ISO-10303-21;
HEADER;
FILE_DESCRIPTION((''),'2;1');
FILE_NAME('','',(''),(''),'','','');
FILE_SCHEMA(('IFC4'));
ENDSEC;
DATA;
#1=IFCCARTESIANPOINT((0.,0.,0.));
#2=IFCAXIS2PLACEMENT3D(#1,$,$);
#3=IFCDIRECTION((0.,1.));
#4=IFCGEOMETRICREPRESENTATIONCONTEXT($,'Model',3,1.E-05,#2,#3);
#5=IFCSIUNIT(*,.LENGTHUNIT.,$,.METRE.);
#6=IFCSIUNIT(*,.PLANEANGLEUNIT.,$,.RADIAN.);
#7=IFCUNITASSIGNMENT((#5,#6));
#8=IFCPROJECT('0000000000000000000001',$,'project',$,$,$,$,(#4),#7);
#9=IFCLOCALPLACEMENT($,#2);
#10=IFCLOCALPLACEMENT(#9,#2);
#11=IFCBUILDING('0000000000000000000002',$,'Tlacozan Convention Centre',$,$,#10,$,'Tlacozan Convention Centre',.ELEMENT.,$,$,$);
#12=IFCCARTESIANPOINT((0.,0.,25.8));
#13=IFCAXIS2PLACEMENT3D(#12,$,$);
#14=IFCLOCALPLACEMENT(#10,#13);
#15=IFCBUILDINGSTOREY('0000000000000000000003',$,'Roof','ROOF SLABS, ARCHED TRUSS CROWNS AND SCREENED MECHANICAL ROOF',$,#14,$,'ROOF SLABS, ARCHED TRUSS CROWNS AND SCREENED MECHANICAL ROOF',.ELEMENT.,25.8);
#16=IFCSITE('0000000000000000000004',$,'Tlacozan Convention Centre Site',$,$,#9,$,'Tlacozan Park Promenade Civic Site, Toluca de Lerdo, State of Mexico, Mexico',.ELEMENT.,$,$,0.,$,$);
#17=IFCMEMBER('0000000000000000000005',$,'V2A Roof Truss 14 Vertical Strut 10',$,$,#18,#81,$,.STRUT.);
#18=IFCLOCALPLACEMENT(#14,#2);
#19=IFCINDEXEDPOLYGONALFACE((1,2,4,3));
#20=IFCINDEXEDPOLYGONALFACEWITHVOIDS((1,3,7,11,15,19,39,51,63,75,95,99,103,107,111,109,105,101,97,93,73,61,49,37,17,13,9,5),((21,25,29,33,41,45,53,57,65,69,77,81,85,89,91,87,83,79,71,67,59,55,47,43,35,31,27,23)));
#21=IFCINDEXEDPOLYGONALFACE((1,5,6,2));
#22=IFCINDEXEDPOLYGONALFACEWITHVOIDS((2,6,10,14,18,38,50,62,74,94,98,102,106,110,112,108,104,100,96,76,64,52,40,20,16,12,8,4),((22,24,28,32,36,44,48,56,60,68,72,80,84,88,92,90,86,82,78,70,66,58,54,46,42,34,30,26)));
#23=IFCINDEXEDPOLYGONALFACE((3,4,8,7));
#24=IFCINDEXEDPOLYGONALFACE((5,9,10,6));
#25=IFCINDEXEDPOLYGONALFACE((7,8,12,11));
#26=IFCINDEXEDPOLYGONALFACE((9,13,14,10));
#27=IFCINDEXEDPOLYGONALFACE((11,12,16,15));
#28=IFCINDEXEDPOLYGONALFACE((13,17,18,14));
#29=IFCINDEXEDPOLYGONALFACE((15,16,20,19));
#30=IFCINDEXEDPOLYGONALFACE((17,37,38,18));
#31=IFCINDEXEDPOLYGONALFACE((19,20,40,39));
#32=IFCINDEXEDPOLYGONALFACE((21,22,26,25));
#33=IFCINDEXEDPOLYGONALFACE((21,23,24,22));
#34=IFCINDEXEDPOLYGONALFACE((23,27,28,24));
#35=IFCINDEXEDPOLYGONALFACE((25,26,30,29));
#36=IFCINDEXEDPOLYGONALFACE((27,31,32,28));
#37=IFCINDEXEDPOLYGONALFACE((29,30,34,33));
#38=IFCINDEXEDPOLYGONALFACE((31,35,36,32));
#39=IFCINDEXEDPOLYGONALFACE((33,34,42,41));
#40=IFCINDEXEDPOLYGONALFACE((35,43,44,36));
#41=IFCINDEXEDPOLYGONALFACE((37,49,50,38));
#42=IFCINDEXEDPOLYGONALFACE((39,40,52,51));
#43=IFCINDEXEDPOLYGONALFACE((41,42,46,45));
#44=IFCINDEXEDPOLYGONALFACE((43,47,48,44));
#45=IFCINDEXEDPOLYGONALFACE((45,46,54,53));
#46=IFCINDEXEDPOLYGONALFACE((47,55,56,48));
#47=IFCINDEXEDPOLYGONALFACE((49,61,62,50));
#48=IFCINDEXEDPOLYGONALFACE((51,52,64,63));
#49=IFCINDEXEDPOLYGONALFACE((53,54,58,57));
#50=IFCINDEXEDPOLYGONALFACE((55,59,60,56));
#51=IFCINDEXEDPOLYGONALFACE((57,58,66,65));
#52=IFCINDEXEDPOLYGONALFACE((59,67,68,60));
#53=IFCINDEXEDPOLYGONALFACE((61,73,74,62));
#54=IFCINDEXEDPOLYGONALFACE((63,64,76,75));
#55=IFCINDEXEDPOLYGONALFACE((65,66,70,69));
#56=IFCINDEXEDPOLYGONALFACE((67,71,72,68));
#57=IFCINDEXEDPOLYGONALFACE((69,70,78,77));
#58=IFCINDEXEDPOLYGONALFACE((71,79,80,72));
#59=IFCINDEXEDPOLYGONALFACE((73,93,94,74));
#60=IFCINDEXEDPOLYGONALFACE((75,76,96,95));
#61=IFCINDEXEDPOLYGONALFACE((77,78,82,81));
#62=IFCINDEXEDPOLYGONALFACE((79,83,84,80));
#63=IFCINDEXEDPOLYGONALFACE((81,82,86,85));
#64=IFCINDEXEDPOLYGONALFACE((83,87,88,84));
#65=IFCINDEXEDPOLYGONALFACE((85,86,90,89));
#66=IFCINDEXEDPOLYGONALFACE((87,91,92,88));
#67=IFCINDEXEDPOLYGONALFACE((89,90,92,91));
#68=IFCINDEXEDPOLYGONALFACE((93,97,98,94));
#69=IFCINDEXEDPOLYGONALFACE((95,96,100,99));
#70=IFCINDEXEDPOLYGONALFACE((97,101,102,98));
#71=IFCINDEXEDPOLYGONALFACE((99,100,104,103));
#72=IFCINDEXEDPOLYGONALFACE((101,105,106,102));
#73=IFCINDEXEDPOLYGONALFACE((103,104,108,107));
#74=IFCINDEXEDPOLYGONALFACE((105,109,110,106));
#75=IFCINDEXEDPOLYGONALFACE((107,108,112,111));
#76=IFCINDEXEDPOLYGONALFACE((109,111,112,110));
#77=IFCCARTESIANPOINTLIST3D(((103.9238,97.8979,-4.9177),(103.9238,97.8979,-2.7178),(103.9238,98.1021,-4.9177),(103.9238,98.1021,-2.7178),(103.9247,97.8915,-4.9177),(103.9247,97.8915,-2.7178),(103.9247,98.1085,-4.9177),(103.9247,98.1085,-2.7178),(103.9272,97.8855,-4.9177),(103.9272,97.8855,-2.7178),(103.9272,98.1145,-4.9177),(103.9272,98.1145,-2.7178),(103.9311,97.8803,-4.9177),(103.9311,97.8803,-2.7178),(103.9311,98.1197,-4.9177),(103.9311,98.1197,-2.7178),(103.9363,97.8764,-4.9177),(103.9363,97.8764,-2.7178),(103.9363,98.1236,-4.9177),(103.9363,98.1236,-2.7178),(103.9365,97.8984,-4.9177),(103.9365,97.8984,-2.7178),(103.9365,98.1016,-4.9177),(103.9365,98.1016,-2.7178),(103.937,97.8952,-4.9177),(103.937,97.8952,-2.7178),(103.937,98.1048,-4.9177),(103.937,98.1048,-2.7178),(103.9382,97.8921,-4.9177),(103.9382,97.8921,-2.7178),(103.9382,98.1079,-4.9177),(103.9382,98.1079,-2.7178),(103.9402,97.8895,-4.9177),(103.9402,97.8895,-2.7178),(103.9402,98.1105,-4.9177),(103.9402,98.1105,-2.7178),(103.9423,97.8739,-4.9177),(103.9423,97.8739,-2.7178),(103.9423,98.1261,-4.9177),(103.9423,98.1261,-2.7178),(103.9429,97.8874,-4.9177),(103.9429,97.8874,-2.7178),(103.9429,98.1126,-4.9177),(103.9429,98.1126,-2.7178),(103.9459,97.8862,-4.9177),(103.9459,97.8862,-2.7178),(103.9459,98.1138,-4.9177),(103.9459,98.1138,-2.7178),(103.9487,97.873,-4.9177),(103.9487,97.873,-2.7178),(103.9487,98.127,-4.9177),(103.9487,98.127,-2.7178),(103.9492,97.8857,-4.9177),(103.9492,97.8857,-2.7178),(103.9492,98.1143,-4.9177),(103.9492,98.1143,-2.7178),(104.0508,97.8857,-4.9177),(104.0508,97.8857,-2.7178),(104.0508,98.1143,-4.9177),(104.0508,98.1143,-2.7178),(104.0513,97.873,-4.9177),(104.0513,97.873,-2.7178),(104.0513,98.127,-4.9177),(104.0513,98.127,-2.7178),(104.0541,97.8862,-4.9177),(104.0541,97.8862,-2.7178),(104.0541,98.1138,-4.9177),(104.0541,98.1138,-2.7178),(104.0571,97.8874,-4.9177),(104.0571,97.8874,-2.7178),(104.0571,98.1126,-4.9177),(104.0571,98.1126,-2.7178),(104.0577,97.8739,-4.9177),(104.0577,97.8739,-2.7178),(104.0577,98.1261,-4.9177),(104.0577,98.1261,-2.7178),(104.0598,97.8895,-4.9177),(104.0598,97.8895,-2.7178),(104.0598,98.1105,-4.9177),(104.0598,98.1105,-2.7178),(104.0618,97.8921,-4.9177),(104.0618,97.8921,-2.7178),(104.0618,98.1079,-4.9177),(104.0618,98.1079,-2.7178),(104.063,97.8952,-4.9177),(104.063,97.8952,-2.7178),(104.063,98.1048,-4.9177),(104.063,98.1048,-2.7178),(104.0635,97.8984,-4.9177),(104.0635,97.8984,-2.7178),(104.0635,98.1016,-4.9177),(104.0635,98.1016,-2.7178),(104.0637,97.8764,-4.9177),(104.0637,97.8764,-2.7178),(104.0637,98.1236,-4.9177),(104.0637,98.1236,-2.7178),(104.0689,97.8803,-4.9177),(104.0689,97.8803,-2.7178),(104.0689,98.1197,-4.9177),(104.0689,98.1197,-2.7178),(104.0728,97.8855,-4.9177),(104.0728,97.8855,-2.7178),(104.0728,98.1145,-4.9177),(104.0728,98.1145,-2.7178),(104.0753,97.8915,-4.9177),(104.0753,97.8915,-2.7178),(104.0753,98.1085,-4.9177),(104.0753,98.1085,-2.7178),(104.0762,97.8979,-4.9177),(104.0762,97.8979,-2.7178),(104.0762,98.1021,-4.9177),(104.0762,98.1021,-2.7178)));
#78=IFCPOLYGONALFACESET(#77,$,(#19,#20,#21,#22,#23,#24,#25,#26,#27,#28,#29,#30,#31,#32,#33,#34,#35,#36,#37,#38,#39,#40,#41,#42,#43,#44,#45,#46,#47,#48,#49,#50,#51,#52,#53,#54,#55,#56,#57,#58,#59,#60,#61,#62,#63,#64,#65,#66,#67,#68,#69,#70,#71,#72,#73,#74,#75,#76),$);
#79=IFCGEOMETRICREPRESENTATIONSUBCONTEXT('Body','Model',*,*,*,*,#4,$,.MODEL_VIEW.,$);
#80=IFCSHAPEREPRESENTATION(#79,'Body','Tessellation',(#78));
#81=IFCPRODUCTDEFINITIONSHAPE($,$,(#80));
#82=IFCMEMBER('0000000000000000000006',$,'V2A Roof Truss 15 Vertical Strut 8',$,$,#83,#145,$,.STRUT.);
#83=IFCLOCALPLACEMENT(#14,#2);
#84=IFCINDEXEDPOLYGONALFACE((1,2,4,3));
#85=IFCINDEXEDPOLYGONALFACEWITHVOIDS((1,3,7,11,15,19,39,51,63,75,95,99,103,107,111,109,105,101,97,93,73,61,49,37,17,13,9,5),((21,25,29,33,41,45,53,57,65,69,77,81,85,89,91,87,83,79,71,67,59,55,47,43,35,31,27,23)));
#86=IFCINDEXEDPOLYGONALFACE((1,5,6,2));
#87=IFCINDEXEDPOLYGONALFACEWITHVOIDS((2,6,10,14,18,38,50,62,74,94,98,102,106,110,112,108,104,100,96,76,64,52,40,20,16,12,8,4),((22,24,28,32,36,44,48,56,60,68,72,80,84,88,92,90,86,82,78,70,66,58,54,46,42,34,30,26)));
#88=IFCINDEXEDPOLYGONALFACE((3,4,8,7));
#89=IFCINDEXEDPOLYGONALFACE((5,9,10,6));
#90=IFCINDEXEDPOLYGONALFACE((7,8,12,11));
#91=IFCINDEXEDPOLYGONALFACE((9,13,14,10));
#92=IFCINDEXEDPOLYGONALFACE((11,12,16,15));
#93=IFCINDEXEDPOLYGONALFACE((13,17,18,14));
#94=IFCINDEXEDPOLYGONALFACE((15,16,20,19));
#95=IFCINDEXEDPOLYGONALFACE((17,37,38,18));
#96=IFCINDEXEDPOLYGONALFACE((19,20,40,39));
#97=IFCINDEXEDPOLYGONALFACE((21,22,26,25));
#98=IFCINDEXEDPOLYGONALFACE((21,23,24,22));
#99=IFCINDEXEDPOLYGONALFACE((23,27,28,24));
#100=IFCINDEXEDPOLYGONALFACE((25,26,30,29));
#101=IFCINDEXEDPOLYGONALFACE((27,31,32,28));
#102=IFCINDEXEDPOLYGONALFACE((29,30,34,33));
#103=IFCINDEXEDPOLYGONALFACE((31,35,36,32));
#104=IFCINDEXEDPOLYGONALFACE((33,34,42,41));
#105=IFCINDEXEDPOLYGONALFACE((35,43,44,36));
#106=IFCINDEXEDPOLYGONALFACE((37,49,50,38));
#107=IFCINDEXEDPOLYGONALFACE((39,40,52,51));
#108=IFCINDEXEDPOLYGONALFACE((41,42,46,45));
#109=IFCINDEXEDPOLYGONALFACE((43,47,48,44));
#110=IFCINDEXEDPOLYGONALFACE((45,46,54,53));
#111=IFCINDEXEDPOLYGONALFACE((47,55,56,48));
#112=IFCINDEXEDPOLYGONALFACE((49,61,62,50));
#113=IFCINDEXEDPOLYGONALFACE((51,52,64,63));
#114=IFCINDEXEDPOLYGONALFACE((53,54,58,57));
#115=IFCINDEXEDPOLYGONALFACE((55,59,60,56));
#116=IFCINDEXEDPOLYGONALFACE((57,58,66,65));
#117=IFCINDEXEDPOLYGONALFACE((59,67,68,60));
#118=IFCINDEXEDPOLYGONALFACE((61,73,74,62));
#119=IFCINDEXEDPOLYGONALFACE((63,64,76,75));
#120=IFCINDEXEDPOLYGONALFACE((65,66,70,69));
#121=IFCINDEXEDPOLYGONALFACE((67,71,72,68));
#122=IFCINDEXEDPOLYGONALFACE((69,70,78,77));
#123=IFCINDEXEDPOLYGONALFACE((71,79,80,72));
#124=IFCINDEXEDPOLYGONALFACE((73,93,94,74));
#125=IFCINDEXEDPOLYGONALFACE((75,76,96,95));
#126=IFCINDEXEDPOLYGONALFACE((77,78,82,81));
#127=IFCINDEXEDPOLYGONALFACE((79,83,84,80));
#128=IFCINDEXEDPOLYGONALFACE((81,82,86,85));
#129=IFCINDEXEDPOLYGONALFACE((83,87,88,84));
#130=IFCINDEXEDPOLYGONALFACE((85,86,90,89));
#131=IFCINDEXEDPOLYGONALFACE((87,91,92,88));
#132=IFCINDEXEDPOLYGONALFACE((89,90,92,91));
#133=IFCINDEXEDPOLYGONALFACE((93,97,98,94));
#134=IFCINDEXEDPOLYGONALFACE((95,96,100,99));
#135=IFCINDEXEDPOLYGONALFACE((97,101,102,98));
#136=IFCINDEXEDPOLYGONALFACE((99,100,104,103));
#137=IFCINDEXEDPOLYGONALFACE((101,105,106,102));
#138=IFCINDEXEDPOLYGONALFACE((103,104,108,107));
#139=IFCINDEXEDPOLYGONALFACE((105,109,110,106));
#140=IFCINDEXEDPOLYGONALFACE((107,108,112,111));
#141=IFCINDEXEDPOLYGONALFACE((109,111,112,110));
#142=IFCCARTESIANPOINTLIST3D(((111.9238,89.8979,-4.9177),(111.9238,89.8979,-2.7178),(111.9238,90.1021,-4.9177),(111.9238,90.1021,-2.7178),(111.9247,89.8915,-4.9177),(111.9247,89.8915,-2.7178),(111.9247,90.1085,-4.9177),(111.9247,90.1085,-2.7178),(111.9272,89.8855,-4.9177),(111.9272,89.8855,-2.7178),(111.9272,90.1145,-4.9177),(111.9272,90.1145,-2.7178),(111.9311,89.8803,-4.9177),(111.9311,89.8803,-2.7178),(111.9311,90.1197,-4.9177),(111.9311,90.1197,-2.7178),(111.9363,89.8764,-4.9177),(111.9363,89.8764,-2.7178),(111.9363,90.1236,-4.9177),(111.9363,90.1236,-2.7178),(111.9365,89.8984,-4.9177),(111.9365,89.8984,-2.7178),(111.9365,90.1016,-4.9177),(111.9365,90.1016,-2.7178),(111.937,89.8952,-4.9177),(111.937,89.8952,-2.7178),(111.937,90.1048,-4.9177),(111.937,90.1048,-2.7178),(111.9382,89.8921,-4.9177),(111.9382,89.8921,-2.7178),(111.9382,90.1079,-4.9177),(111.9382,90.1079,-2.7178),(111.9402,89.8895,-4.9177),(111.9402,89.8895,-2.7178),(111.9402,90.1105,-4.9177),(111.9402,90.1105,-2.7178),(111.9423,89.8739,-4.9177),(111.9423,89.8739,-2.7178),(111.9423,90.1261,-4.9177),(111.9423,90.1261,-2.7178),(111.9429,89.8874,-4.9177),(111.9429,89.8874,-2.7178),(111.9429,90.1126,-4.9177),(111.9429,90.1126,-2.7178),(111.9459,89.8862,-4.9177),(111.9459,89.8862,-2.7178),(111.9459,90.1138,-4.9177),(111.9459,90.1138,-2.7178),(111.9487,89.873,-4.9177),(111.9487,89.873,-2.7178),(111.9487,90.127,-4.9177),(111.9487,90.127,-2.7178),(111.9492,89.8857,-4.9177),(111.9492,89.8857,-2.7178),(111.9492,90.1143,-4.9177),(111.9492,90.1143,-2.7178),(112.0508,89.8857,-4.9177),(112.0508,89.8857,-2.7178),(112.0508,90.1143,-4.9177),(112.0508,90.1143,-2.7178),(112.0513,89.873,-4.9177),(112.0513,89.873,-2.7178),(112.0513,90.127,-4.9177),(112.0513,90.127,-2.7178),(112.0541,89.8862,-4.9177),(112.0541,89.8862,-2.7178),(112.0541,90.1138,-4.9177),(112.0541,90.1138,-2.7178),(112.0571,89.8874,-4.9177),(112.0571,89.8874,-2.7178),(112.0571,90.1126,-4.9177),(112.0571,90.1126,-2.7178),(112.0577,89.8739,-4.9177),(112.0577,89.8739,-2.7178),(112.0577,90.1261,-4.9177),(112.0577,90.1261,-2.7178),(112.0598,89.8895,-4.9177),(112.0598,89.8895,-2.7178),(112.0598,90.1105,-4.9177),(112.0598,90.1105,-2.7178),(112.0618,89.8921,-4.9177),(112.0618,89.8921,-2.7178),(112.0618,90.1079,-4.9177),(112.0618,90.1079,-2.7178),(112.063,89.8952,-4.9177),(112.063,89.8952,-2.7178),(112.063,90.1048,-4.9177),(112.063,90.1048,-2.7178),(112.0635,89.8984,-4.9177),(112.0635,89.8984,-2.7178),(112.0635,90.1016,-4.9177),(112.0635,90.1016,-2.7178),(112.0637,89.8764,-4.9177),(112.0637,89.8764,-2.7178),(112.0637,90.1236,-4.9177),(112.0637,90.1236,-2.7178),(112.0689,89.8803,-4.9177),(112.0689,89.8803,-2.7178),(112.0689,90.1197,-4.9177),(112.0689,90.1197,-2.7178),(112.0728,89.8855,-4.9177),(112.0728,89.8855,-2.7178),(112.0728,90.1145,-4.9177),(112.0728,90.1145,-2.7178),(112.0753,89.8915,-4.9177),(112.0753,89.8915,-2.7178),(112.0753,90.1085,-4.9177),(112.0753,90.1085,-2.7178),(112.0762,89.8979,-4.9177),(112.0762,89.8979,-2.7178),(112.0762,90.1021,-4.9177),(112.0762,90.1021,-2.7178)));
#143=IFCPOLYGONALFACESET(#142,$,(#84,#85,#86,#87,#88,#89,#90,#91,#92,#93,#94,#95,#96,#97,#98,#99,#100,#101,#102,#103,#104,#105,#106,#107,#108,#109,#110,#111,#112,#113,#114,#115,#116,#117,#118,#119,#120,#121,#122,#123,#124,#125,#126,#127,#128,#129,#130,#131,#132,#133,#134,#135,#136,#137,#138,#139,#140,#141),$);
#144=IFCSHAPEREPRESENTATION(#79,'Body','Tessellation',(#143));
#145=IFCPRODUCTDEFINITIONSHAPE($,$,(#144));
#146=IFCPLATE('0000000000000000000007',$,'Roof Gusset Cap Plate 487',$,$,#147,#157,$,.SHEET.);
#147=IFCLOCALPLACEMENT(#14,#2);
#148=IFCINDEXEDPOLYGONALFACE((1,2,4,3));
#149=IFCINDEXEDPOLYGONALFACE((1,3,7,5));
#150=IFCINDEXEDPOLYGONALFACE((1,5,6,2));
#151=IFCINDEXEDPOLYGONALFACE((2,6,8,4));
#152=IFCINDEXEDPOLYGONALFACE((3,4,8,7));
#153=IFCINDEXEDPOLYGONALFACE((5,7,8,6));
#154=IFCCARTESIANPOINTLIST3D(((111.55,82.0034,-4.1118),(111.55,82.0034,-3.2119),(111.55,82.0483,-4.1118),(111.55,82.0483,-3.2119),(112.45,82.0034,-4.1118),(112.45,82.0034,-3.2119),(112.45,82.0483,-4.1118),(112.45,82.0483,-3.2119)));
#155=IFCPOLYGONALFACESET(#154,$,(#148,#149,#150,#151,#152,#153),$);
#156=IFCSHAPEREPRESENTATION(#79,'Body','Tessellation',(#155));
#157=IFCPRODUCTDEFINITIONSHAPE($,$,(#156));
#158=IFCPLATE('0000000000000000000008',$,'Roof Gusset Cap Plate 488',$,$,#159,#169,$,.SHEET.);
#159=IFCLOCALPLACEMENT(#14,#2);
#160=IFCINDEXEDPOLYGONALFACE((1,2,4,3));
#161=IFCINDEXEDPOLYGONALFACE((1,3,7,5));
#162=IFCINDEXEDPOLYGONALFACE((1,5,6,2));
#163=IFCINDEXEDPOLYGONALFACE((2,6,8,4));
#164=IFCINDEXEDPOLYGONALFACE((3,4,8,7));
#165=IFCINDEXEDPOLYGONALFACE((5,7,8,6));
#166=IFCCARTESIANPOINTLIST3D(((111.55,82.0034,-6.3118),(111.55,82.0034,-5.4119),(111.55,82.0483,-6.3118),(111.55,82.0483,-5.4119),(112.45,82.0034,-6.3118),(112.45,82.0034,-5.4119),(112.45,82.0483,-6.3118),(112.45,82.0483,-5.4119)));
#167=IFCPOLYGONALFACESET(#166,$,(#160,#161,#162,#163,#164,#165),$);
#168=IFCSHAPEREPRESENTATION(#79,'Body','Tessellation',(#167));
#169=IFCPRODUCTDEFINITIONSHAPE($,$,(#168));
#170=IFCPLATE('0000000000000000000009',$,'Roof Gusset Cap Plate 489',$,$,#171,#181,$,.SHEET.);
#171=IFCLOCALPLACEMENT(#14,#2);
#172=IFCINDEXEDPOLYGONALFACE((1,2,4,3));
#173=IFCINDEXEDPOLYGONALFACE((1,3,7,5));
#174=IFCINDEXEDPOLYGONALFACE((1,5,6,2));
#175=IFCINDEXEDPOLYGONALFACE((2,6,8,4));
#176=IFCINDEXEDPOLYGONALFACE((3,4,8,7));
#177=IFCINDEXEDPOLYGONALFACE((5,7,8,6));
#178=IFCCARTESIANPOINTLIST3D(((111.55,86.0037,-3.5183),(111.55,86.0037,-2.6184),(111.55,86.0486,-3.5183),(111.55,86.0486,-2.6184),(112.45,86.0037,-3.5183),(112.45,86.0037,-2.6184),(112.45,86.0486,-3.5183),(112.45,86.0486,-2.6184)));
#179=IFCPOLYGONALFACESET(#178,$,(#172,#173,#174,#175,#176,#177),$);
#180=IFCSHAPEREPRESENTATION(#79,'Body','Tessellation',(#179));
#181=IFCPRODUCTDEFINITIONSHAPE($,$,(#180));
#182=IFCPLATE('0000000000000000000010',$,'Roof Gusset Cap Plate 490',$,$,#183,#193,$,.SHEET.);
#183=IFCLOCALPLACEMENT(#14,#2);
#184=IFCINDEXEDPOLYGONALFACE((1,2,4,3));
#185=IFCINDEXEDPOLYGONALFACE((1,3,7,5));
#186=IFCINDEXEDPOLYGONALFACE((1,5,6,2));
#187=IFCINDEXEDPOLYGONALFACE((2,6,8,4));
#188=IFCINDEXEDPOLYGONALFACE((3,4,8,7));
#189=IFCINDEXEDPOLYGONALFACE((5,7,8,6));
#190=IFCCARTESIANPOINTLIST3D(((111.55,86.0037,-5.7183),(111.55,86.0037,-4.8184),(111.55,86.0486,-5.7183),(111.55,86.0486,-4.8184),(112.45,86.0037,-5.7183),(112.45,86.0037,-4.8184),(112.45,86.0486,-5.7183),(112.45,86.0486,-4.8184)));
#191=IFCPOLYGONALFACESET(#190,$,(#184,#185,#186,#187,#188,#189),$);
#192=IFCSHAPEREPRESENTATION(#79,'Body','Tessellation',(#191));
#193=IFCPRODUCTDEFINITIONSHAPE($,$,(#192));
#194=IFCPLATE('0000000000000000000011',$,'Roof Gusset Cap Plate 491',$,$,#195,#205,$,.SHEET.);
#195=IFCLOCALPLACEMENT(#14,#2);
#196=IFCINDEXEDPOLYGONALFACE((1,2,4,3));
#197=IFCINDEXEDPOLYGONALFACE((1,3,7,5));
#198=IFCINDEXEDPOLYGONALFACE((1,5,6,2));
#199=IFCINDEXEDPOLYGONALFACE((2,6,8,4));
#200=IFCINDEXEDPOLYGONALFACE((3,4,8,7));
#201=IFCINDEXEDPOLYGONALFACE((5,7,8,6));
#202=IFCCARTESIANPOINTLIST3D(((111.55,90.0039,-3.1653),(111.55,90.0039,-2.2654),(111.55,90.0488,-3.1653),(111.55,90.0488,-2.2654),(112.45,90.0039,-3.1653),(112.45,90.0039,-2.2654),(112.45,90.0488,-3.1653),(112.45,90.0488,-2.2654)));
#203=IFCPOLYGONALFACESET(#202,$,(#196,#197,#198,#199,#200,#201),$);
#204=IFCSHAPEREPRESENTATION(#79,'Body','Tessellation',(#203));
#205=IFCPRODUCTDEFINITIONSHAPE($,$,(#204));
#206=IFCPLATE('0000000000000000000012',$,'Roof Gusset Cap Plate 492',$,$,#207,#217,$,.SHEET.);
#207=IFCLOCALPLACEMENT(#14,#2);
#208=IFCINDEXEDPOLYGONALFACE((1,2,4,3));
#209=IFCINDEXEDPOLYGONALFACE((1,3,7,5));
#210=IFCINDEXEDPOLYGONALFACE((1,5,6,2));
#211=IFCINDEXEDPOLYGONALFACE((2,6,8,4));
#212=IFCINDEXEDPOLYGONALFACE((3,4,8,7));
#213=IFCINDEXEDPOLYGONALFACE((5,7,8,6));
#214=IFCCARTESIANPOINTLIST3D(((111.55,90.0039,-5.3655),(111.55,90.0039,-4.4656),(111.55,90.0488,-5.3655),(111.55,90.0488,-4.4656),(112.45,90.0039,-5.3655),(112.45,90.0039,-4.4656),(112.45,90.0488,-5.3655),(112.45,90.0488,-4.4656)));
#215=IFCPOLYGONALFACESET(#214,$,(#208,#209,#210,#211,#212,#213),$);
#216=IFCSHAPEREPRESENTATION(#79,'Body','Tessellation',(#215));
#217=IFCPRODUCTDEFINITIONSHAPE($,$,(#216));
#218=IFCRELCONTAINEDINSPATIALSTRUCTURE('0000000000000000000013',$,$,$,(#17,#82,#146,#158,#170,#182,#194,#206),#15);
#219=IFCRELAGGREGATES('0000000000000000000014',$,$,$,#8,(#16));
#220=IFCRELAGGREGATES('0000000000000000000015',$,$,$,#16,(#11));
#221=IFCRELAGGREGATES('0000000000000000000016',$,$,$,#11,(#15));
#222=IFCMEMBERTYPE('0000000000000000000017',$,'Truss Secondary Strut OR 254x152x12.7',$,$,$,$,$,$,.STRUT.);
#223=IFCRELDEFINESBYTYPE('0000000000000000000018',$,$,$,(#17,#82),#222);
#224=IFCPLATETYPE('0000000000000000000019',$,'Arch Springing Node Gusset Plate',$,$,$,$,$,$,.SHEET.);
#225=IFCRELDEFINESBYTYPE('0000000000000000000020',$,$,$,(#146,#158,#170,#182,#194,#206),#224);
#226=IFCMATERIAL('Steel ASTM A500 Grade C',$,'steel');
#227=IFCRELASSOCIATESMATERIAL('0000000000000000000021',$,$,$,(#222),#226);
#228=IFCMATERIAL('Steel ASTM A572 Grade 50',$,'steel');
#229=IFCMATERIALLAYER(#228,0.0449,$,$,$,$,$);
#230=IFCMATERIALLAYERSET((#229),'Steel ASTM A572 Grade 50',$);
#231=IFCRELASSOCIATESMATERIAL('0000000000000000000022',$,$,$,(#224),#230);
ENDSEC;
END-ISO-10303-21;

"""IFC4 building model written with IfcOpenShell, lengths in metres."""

from ifc_helpers import new_model, si_unit, direction, frame, origin, origin_2d, place, context, subcontext, project, spatial, rectangle, hollow_rectangle, extrude, material, layer, layer_set, material_profile, profile_set, type_object, element, save


model = new_model("IFC4")

# Units and contexts
model_context = context("Model", 3, precision=1e-05, world=origin(), true_north=direction((0.0, 1.0)))
body_context = subcontext(model_context, "Body", "Model", "MODEL_VIEW")
ifc_project = project(units=[si_unit("LENGTHUNIT", "METRE"), si_unit("PLANEANGLEUNIT", "RADIAN")], contexts=[model_context])

# Site, building, storey
site_placement = place(None, origin())
site = spatial("IfcSite", under=ifc_project, at=site_placement, Name="Tlacozan Convention Centre Site", LongName="Tlacozan Park Promenade Civic Site, Toluca de Lerdo, State of Mexico, Mexico", CompositionType="ELEMENT", RefElevation=0.0)
building_placement = place(site_placement, origin())
building = spatial("IfcBuilding", under=site, at=building_placement, Name="Tlacozan Convention Centre", LongName="Tlacozan Convention Centre", CompositionType="ELEMENT")
storey_placement = place(building_placement, frame((0.0, 0.0, 25.8)))
storey = spatial("IfcBuildingStorey", under=building, at=storey_placement, Name="Roof", Description="ROOF SLABS, ARCHED TRUSS CROWNS AND SCREENED MECHANICAL ROOF", LongName="ROOF SLABS, ARCHED TRUSS CROWNS AND SCREENED MECHANICAL ROOF", CompositionType="ELEMENT", Elevation=25.8)

# Members
ifc_material_1 = material(Name="Steel ASTM A500 Grade C", Category="steel")
ifc_material_profile_1 = material_profile(ifc_material_1, hollow_rectangle(XDim=0.1523, YDim=0.2539, WallThickness=0.0127, InnerFilletRadius=0.0127, OuterFilletRadius=0.0249, at=origin_2d()), Name="OR 254x152x12.7")
ifc_profile_set_1 = profile_set([ifc_material_profile_1], Name="Steel ASTM A500 Grade C")
member_type_1 = type_object("IfcMemberType", Name="Truss Secondary Strut OR 254x152x12.7", PredefinedType="STRUT", material=ifc_profile_set_1)
for number, where, z_axis, x_axis, name in (
    (1, (104.0, 98.0, -4.9177), (0.0, 0.0, 1.0), (1.0, 0.0, 0.0), "V2A Roof Truss 14 Vertical Strut 10"),
    (2, (112.0, 90.0, -4.9177), (0.0, 0.0, 1.0), (1.0, 0.0, 0.0), "V2A Roof Truss 15 Vertical Strut 8"),
):
    element("IfcMember", number, at=place(storey_placement, frame(where, z_axis=z_axis, x_axis=x_axis)), inside=storey, type_object=member_type_1, Name=name, PredefinedType="STRUT", context=body_context, shape_type="SweptSolid", body=[
        extrude(hollow_rectangle(XDim=0.1523, YDim=0.2539, WallThickness=0.0127, InnerFilletRadius=0.0127, OuterFilletRadius=0.0249, at=origin_2d()), origin(), (0.0, 0.0, 1.0), 2.2),
    ])

# Plates
ifc_material_2 = material(Name="Steel ASTM A572 Grade 50", Category="steel")
ifc_layer = layer(ifc_material_2, 0.0449)
ifc_layer_set = layer_set([ifc_layer], Name="Steel ASTM A572 Grade 50")
plate_type = type_object("IfcPlateType", Name="Arch Springing Node Gusset Plate", PredefinedType="SHEET", material=ifc_layer_set)
for number, where, z_axis, x_axis, name in (
    (3, (112.0, 82.0259, -4.1118), (0.0, 0.0, 1.0), (0.0, 1.0, 0.0), "Roof Gusset Cap Plate 487"),
    (4, (112.0, 82.0259, -6.3118), (0.0, 0.0, 1.0), (0.0, 1.0, 0.0), "Roof Gusset Cap Plate 488"),
    (5, (112.0, 86.0261, -3.5183), (0.0, 0.0, 1.0), (0.0, 1.0, 0.0), "Roof Gusset Cap Plate 489"),
    (6, (112.0, 86.0261, -5.7183), (0.0, 0.0, 1.0), (0.0, 1.0, 0.0), "Roof Gusset Cap Plate 490"),
    (7, (112.0, 90.0264, -3.1653), (0.0, 0.0, 1.0), (0.0, 1.0, 0.0), "Roof Gusset Cap Plate 491"),
    (8, (112.0, 90.0264, -5.3655), (0.0, 0.0, 1.0), (0.0, 1.0, 0.0), "Roof Gusset Cap Plate 492"),
):
    element("IfcPlate", number, at=place(storey_placement, frame(where, z_axis=z_axis, x_axis=x_axis)), inside=storey, type_object=plate_type, Name=name, PredefinedType="SHEET", context=body_context, shape_type="SweptSolid", body=[
        extrude(rectangle(XDim=0.0449, YDim=0.8999, at=origin_2d()), origin(), (0.0, 0.0, 1.0), 0.8999),
    ])

save(model, "model.ifc")
